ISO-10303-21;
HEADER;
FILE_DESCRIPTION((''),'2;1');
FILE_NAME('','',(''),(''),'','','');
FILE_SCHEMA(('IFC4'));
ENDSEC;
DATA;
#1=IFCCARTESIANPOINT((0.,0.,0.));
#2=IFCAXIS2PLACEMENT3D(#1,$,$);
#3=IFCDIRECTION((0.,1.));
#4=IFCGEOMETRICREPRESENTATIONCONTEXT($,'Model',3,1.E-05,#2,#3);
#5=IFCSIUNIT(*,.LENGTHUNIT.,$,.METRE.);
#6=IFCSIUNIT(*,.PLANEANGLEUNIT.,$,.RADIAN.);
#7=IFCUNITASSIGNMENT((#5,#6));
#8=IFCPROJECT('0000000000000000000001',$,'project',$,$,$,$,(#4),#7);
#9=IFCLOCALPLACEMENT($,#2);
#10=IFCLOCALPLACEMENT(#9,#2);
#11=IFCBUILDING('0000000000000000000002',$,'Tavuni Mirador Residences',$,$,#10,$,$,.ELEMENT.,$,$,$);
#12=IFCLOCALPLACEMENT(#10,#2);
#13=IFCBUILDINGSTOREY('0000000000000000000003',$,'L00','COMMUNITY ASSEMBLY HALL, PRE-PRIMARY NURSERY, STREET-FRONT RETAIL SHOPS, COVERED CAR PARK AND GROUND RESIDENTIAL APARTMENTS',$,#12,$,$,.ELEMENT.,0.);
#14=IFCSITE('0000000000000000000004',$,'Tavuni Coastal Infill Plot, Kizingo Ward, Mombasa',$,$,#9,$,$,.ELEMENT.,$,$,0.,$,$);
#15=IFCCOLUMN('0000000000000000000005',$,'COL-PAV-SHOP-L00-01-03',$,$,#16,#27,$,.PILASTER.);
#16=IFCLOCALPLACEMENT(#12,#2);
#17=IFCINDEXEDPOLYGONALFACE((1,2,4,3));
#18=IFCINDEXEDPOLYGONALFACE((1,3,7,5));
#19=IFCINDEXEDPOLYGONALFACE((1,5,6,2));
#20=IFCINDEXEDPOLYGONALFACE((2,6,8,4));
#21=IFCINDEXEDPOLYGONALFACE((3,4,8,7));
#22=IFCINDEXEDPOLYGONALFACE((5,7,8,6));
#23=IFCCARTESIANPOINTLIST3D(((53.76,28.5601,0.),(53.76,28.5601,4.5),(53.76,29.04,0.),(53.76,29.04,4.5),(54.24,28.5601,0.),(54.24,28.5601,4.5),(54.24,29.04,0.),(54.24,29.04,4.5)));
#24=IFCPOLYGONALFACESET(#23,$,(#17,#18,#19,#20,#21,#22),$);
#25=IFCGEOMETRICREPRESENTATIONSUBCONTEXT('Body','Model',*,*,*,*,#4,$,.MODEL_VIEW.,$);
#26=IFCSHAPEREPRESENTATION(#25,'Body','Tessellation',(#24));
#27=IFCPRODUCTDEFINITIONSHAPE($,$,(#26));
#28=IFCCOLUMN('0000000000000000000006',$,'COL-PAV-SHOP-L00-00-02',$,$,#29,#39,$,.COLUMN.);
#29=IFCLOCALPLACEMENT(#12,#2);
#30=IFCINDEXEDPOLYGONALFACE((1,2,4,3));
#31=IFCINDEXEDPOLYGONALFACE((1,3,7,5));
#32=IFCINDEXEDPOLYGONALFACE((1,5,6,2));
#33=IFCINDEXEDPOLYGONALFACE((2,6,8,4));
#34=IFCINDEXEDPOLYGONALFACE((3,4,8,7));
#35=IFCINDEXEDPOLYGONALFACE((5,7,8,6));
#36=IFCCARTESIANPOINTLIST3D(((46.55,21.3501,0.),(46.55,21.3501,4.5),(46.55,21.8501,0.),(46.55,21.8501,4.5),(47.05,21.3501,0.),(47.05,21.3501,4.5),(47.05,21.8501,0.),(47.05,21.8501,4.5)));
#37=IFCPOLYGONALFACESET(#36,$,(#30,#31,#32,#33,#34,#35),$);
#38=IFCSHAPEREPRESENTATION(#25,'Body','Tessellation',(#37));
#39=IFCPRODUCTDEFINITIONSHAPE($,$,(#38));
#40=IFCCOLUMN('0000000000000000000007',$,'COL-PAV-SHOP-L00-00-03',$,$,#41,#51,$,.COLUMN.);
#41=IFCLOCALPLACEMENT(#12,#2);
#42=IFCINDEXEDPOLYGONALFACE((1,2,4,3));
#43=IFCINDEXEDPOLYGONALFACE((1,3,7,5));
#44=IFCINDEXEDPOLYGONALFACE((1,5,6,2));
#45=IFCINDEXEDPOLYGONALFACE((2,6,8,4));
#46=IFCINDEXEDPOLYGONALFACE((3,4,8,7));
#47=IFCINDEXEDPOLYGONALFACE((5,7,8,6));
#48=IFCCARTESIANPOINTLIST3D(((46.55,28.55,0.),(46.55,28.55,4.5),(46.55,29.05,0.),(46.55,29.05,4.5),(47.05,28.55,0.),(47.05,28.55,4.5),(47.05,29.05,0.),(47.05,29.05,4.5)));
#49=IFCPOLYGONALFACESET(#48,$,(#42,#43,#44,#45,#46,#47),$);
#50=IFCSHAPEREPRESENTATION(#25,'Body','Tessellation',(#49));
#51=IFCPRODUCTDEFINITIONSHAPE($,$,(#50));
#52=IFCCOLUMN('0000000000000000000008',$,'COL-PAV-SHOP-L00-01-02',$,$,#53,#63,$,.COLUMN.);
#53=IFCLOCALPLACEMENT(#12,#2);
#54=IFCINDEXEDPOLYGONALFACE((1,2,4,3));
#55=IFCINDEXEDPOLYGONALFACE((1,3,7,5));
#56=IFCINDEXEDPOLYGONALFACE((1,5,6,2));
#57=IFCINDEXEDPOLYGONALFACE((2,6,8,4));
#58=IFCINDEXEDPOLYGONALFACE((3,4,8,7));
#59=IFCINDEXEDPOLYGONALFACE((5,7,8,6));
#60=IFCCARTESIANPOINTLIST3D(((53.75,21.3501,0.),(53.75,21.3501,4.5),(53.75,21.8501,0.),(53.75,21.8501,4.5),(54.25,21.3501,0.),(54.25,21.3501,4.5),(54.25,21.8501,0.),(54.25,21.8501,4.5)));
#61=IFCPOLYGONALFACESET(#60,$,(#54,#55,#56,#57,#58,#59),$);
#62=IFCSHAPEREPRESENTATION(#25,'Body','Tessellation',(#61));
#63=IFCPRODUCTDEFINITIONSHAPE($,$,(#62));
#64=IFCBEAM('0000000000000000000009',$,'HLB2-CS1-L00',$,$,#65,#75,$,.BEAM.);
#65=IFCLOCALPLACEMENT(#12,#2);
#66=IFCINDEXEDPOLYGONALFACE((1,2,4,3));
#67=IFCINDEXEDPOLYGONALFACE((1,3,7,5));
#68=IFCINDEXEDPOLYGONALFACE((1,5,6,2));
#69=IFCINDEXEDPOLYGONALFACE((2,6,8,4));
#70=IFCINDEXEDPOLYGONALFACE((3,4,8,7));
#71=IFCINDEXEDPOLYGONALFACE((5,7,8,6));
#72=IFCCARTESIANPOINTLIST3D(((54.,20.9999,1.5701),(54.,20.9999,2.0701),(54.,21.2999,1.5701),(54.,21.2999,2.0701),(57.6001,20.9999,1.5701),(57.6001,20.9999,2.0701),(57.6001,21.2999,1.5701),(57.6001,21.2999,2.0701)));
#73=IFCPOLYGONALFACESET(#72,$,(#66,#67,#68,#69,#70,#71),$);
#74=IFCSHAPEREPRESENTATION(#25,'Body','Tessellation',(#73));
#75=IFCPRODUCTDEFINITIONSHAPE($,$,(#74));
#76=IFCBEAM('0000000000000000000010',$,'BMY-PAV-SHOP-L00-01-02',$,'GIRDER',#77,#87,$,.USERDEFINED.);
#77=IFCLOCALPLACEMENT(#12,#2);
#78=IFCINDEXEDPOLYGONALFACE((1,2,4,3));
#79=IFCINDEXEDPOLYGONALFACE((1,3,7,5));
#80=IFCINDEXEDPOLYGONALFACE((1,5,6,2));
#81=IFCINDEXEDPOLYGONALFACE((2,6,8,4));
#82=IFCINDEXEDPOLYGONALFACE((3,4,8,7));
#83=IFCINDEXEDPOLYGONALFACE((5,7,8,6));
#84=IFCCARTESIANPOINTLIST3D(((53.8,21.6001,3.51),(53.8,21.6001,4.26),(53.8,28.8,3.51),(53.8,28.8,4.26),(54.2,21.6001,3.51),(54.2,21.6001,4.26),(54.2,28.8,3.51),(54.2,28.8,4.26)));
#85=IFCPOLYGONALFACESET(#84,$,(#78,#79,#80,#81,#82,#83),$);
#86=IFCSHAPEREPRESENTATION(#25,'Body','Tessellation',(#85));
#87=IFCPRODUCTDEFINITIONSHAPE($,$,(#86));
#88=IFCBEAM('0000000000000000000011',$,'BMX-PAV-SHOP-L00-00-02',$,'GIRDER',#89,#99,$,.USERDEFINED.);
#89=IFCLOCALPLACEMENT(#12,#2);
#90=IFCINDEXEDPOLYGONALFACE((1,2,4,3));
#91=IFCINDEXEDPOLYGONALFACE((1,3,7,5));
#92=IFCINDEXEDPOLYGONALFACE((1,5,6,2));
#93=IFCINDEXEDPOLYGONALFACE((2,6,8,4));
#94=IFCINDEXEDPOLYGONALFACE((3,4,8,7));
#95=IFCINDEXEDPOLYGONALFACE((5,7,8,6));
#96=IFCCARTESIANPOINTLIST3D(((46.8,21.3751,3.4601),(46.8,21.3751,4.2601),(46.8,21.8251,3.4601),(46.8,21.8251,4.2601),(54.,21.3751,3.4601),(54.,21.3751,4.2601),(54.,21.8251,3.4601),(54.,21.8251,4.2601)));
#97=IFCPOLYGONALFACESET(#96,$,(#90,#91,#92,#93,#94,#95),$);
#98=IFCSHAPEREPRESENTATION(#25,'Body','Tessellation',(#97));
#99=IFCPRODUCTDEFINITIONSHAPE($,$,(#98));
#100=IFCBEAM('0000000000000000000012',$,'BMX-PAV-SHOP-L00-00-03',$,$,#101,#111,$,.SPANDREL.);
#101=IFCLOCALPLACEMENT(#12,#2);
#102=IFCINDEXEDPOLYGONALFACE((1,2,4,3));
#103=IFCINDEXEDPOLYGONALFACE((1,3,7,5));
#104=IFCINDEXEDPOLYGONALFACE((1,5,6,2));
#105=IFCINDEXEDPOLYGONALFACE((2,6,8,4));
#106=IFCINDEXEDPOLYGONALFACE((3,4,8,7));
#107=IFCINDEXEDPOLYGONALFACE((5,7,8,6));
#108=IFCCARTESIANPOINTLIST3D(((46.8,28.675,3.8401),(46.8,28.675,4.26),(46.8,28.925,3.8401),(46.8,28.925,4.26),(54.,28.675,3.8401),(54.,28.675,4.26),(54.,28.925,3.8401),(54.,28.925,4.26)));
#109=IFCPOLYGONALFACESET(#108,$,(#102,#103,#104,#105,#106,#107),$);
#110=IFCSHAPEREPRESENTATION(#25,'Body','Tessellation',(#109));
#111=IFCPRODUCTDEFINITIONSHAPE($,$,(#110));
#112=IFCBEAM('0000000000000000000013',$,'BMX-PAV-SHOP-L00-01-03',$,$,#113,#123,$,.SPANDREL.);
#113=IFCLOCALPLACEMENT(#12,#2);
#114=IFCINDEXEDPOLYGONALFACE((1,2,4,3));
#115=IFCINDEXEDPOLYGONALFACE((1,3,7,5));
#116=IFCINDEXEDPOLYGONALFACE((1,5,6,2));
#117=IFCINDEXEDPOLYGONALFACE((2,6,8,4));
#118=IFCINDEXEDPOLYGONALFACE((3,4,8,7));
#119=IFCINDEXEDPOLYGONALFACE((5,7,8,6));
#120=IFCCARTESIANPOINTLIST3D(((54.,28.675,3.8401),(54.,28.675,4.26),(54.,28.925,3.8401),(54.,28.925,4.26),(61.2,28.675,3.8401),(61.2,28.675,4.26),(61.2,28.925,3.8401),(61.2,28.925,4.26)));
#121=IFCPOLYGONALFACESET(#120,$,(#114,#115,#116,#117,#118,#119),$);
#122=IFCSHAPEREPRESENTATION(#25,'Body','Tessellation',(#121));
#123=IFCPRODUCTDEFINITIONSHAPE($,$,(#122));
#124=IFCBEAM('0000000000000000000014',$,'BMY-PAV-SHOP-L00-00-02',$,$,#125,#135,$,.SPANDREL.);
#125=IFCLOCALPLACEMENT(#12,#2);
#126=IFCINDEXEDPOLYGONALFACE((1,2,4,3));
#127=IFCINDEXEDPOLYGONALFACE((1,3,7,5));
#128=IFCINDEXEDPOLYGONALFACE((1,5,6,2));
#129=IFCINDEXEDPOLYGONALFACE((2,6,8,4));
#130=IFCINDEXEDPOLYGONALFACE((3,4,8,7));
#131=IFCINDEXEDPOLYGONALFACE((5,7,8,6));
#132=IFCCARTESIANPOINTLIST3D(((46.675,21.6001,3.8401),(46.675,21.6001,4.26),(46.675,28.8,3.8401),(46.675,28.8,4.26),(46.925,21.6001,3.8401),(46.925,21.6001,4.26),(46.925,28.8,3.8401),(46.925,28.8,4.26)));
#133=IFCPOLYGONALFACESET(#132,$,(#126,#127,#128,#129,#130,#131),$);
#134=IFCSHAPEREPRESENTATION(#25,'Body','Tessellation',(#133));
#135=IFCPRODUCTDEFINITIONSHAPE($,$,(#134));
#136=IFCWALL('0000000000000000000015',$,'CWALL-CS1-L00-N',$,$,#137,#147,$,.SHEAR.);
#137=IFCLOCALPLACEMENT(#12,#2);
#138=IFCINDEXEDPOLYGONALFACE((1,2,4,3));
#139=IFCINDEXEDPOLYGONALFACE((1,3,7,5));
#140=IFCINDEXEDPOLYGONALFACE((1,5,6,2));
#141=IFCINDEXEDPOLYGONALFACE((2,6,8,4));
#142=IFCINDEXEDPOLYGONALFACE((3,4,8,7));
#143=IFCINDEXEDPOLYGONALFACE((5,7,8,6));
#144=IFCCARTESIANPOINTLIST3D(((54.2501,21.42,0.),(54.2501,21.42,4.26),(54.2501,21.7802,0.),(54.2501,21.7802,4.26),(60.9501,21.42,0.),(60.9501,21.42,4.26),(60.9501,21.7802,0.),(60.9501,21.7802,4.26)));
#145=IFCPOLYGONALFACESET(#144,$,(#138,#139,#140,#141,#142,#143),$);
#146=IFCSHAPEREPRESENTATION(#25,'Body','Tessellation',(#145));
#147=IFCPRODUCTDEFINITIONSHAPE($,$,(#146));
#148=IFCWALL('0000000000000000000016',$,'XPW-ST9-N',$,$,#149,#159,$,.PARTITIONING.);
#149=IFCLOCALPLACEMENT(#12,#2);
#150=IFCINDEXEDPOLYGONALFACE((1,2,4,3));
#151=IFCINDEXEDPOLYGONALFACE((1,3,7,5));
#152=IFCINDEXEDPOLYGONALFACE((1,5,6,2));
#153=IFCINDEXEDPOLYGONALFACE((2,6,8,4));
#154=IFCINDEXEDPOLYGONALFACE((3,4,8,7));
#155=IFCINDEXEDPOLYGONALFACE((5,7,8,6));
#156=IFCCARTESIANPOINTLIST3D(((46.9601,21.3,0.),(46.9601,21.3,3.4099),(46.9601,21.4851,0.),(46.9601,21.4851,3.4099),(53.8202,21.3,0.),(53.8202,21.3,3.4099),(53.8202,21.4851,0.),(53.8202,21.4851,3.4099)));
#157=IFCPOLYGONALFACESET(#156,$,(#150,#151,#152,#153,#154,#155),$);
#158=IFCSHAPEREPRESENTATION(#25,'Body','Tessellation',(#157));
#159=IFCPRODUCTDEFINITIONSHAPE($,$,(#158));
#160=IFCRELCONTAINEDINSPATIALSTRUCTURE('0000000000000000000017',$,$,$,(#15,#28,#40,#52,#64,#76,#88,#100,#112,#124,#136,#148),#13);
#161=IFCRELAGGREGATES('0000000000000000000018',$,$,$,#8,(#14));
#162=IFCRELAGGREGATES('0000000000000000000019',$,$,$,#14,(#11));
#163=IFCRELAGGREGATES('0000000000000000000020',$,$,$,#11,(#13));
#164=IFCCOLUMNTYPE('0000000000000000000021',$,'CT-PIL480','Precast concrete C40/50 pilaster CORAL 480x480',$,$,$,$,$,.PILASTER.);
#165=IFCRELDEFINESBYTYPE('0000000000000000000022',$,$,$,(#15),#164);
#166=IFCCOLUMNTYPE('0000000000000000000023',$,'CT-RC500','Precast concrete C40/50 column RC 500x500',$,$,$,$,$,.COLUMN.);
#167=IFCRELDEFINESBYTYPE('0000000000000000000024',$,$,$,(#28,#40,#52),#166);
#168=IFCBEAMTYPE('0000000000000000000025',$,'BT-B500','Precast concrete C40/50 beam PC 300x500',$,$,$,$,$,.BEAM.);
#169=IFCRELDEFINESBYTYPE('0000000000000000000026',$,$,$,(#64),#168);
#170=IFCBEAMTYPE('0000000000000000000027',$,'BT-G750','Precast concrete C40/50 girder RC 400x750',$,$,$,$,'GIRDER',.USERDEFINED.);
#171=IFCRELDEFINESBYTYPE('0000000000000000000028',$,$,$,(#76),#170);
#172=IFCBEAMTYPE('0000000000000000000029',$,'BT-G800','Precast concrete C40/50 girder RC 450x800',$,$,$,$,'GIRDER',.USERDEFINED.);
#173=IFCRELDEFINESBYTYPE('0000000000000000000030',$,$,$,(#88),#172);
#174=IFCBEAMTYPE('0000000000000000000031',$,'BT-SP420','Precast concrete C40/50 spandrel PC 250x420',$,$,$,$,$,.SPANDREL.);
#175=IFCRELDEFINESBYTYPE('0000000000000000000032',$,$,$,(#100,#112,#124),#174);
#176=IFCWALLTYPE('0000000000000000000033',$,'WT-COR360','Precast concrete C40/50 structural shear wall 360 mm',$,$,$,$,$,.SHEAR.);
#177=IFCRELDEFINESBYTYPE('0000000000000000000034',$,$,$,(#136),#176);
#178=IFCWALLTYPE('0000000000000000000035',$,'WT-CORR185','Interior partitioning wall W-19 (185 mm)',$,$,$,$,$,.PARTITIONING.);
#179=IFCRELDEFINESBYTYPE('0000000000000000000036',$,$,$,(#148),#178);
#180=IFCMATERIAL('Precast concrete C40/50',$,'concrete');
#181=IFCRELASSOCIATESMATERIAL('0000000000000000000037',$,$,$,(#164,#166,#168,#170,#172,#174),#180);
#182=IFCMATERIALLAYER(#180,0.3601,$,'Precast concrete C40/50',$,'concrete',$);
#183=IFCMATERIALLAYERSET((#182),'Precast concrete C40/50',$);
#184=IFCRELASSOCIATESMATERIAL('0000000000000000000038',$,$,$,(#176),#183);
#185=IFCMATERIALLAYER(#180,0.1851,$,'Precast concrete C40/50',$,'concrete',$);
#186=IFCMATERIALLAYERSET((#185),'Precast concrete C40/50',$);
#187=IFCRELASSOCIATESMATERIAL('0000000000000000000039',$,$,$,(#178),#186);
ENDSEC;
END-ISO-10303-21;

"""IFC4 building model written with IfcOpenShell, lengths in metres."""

from ifc_helpers import new_model, si_unit, direction, frame, frame_2d, origin, origin_2d, place, context, subcontext, project, spatial, rectangle, extrude, material, layer, layer_set, material_profile, profile_set, type_object, element, save


model = new_model("IFC4")

# Units and contexts
model_context = context("Model", 3, precision=1e-05, world=origin(), true_north=direction((0.0, 1.0)))
body_context = subcontext(model_context, "Body", "Model", "MODEL_VIEW")
ifc_project = project(units=[si_unit("LENGTHUNIT", "METRE"), si_unit("PLANEANGLEUNIT", "RADIAN")], contexts=[model_context])

# Site, building, storey
site_placement = place(None, origin())
site = spatial("IfcSite", under=ifc_project, at=site_placement, Name="Tavuni Coastal Infill Plot, Kizingo Ward, Mombasa", CompositionType="ELEMENT", RefElevation=0.0)
building_placement = place(site_placement, origin())
building = spatial("IfcBuilding", under=site, at=building_placement, Name="Tavuni Mirador Residences", CompositionType="ELEMENT")
storey_placement = place(building_placement, origin())
storey = spatial("IfcBuildingStorey", under=building, at=storey_placement, Name="L00", Description="COMMUNITY ASSEMBLY HALL, PRE-PRIMARY NURSERY, STREET-FRONT RETAIL SHOPS, COVERED CAR PARK AND GROUND RESIDENTIAL APARTMENTS", CompositionType="ELEMENT", Elevation=0.0)

# Columns
ifc_material_1 = material(Name="Precast concrete C40/50", Category="concrete")
ifc_material_profile_1 = material_profile(ifc_material_1, rectangle(XDim=0.48, YDim=0.48, at=origin_2d()), Name="CORAL 480x480", Category="concrete")
ifc_profile_set_1 = profile_set([ifc_material_profile_1], Name="Precast concrete C40/50")
column_type_1 = type_object("IfcColumnType", Name="CT-PIL480", Description="Precast concrete C40/50 pilaster CORAL 480x480", PredefinedType="PILASTER", material=ifc_profile_set_1)
column_placement = place(storey_placement, frame((54.0, 28.8, 0.0), z_axis=(0.0, 0.0, 1.0), x_axis=(1.0, 0.0, 0.0)))
element("IfcColumn", 1, at=column_placement, inside=storey, type_object=column_type_1, Name="COL-PAV-SHOP-L00-01-03", PredefinedType="PILASTER", context=body_context, shape_type="SweptSolid", body=[
    extrude(rectangle(XDim=0.48, YDim=0.48, at=origin_2d()), origin(), (0.0, 0.0, 1.0), 4.5),
])
ifc_material_profile_2 = material_profile(ifc_material_1, rectangle(XDim=0.5, YDim=0.5, at=origin_2d()), Name="RC 500x500", Category="concrete")
ifc_profile_set_2 = profile_set([ifc_material_profile_2], Name="Precast concrete C40/50")
column_type_2 = type_object("IfcColumnType", Name="CT-RC500", Description="Precast concrete C40/50 column RC 500x500", PredefinedType="COLUMN", material=ifc_profile_set_2)
for number, where, z_axis, x_axis, name in (
    (2, (46.8, 21.6001, 0.0), (0.0, 0.0, 1.0), (1.0, 0.0, 0.0), "COL-PAV-SHOP-L00-00-02"),
    (3, (46.8, 28.8, 0.0), (0.0, 0.0, 1.0), (1.0, 0.0, 0.0), "COL-PAV-SHOP-L00-00-03"),
    (4, (54.0, 21.6001, 0.0), (0.0, 0.0, 1.0), (1.0, 0.0, 0.0), "COL-PAV-SHOP-L00-01-02"),
):
    element("IfcColumn", number, at=place(storey_placement, frame(where, z_axis=z_axis, x_axis=x_axis)), inside=storey, type_object=column_type_2, Name=name, PredefinedType="COLUMN", context=body_context, shape_type="SweptSolid", body=[
        extrude(rectangle(XDim=0.5, YDim=0.5, at=origin_2d()), origin(), (0.0, 0.0, 1.0), 4.5),
    ])

# Beams
ifc_material_profile_3 = material_profile(ifc_material_1, rectangle(XDim=0.3, YDim=0.5, at=origin_2d()), Name="PC 300x500", Category="concrete")
ifc_profile_set_3 = profile_set([ifc_material_profile_3], Name="Precast concrete C40/50")
beam_type_1 = type_object("IfcBeamType", Name="BT-B500", Description="Precast concrete C40/50 beam PC 300x500", PredefinedType="BEAM", material=ifc_profile_set_3)
beam_1_placement = place(storey_placement, frame((54.0, 21.1499, 1.8201), z_axis=(1.0, 0.0, 0.0), x_axis=(0.0, 1.0, 0.0)))
element("IfcBeam", 5, at=beam_1_placement, inside=storey, type_object=beam_type_1, Name="HLB2-CS1-L00", PredefinedType="BEAM", context=body_context, shape_type="SweptSolid", body=[
    extrude(rectangle(XDim=0.3, YDim=0.5, at=origin_2d()), origin(), (0.0, 0.0, 1.0), 3.6001),
])
ifc_material_profile_4 = material_profile(ifc_material_1, rectangle(XDim=0.3999, YDim=0.75, at=origin_2d()), Name="RC 400x750", Category="concrete")
ifc_profile_set_4 = profile_set([ifc_material_profile_4], Name="Precast concrete C40/50")
beam_type_2 = type_object("IfcBeamType", Name="BT-G750", Description="Precast concrete C40/50 girder RC 400x750", ElementType="GIRDER", PredefinedType="USERDEFINED", material=ifc_profile_set_4)
beam_2_placement = place(storey_placement, frame((54.0, 21.6001, 3.885), z_axis=(0.0, 1.0, 0.0), x_axis=(-1.0, 0.0, 0.0)))
element("IfcBeam", 6, at=beam_2_placement, inside=storey, type_object=beam_type_2, Name="BMY-PAV-SHOP-L00-01-02", ObjectType="GIRDER", PredefinedType="USERDEFINED", context=body_context, shape_type="SweptSolid", body=[
    extrude(rectangle(XDim=0.3999, YDim=0.75, at=origin_2d()), origin(), (0.0, 0.0, 1.0), 7.2),
])
ifc_material_profile_5 = material_profile(ifc_material_1, rectangle(XDim=0.45, YDim=0.8, at=origin_2d()), Name="RC 450x800", Category="concrete")
ifc_profile_set_5 = profile_set([ifc_material_profile_5], Name="Precast concrete C40/50")
beam_type_3 = type_object("IfcBeamType", Name="BT-G800", Description="Precast concrete C40/50 girder RC 450x800", ElementType="GIRDER", PredefinedType="USERDEFINED", material=ifc_profile_set_5)
beam_3_placement = place(storey_placement, frame((46.8, 21.6001, 3.8601), z_axis=(1.0, 0.0, 0.0), x_axis=(0.0, 1.0, 0.0)))
element("IfcBeam", 7, at=beam_3_placement, inside=storey, type_object=beam_type_3, Name="BMX-PAV-SHOP-L00-00-02", ObjectType="GIRDER", PredefinedType="USERDEFINED", context=body_context, shape_type="SweptSolid", body=[
    extrude(rectangle(XDim=0.45, YDim=0.8, at=origin_2d()), origin(), (0.0, 0.0, 1.0), 7.2),
])
ifc_material_profile_6 = material_profile(ifc_material_1, rectangle(XDim=0.25, YDim=0.4199, at=origin_2d()), Name="PC 250x420", Category="concrete")
ifc_profile_set_6 = profile_set([ifc_material_profile_6], Name="Precast concrete C40/50")
beam_type_4 = type_object("IfcBeamType", Name="BT-SP420", Description="Precast concrete C40/50 spandrel PC 250x420", PredefinedType="SPANDREL", material=ifc_profile_set_6)
for number, where, z_axis, x_axis, name in (
    (8, (46.8, 28.8, 4.05), (1.0, 0.0, 0.0), (0.0, 1.0, 0.0), "BMX-PAV-SHOP-L00-00-03"),
    (9, (54.0, 28.8, 4.05), (1.0, 0.0, 0.0), (0.0, 1.0, 0.0), "BMX-PAV-SHOP-L00-01-03"),
    (10, (46.8, 21.6001, 4.05), (0.0, 1.0, 0.0), (-1.0, 0.0, 0.0), "BMY-PAV-SHOP-L00-00-02"),
):
    element("IfcBeam", number, at=place(storey_placement, frame(where, z_axis=z_axis, x_axis=x_axis)), inside=storey, type_object=beam_type_4, Name=name, PredefinedType="SPANDREL", context=body_context, shape_type="SweptSolid", body=[
        extrude(rectangle(XDim=0.25, YDim=0.4199, at=origin_2d()), origin(), (0.0, 0.0, 1.0), 7.2),
    ])

# Walls
ifc_layer_1 = layer(ifc_material_1, 0.3601, Name="Precast concrete C40/50", Category="concrete")
ifc_layer_set_1 = layer_set([ifc_layer_1], Name="Precast concrete C40/50")
wall_type_1 = type_object("IfcWallType", Name="WT-COR360", Description="Precast concrete C40/50 structural shear wall 360 mm", PredefinedType="SHEAR", material=ifc_layer_set_1)
wall_1_placement = place(storey_placement, frame((54.25, 21.6001, 0.0), z_axis=(0.0, 0.0, 1.0), x_axis=(1.0, 0.0, 0.0)))
element("IfcWall", 11, at=wall_1_placement, inside=storey, type_object=wall_type_1, Name="CWALL-CS1-L00-N", PredefinedType="SHEAR", context=body_context, shape_type="SweptSolid", body=[
    extrude(rectangle(XDim=6.7, YDim=0.3601, at=frame_2d((3.3501, 0.0))), origin(), (0.0, 0.0, 1.0), 4.26),
])
ifc_layer_2 = layer(ifc_material_1, 0.1851, Name="Precast concrete C40/50", Category="concrete")
ifc_layer_set_2 = layer_set([ifc_layer_2], Name="Precast concrete C40/50")
wall_type_2 = type_object("IfcWallType", Name="WT-CORR185", Description="Interior partitioning wall W-19 (185 mm)", PredefinedType="PARTITIONING", material=ifc_layer_set_2)
wall_2_placement = place(storey_placement, frame((46.96, 21.3926, 0.0), z_axis=(0.0, 0.0, 1.0), x_axis=(1.0, 0.0, 0.0)))
element("IfcWall", 12, at=wall_2_placement, inside=storey, type_object=wall_type_2, Name="XPW-ST9-N", PredefinedType="PARTITIONING", context=body_context, shape_type="SweptSolid", body=[
    extrude(rectangle(XDim=6.8601, YDim=0.1851, at=frame_2d((3.4302, 0.0))), origin(), (0.0, 0.0, 1.0), 3.4099),
])

save(model, "model.ifc")
